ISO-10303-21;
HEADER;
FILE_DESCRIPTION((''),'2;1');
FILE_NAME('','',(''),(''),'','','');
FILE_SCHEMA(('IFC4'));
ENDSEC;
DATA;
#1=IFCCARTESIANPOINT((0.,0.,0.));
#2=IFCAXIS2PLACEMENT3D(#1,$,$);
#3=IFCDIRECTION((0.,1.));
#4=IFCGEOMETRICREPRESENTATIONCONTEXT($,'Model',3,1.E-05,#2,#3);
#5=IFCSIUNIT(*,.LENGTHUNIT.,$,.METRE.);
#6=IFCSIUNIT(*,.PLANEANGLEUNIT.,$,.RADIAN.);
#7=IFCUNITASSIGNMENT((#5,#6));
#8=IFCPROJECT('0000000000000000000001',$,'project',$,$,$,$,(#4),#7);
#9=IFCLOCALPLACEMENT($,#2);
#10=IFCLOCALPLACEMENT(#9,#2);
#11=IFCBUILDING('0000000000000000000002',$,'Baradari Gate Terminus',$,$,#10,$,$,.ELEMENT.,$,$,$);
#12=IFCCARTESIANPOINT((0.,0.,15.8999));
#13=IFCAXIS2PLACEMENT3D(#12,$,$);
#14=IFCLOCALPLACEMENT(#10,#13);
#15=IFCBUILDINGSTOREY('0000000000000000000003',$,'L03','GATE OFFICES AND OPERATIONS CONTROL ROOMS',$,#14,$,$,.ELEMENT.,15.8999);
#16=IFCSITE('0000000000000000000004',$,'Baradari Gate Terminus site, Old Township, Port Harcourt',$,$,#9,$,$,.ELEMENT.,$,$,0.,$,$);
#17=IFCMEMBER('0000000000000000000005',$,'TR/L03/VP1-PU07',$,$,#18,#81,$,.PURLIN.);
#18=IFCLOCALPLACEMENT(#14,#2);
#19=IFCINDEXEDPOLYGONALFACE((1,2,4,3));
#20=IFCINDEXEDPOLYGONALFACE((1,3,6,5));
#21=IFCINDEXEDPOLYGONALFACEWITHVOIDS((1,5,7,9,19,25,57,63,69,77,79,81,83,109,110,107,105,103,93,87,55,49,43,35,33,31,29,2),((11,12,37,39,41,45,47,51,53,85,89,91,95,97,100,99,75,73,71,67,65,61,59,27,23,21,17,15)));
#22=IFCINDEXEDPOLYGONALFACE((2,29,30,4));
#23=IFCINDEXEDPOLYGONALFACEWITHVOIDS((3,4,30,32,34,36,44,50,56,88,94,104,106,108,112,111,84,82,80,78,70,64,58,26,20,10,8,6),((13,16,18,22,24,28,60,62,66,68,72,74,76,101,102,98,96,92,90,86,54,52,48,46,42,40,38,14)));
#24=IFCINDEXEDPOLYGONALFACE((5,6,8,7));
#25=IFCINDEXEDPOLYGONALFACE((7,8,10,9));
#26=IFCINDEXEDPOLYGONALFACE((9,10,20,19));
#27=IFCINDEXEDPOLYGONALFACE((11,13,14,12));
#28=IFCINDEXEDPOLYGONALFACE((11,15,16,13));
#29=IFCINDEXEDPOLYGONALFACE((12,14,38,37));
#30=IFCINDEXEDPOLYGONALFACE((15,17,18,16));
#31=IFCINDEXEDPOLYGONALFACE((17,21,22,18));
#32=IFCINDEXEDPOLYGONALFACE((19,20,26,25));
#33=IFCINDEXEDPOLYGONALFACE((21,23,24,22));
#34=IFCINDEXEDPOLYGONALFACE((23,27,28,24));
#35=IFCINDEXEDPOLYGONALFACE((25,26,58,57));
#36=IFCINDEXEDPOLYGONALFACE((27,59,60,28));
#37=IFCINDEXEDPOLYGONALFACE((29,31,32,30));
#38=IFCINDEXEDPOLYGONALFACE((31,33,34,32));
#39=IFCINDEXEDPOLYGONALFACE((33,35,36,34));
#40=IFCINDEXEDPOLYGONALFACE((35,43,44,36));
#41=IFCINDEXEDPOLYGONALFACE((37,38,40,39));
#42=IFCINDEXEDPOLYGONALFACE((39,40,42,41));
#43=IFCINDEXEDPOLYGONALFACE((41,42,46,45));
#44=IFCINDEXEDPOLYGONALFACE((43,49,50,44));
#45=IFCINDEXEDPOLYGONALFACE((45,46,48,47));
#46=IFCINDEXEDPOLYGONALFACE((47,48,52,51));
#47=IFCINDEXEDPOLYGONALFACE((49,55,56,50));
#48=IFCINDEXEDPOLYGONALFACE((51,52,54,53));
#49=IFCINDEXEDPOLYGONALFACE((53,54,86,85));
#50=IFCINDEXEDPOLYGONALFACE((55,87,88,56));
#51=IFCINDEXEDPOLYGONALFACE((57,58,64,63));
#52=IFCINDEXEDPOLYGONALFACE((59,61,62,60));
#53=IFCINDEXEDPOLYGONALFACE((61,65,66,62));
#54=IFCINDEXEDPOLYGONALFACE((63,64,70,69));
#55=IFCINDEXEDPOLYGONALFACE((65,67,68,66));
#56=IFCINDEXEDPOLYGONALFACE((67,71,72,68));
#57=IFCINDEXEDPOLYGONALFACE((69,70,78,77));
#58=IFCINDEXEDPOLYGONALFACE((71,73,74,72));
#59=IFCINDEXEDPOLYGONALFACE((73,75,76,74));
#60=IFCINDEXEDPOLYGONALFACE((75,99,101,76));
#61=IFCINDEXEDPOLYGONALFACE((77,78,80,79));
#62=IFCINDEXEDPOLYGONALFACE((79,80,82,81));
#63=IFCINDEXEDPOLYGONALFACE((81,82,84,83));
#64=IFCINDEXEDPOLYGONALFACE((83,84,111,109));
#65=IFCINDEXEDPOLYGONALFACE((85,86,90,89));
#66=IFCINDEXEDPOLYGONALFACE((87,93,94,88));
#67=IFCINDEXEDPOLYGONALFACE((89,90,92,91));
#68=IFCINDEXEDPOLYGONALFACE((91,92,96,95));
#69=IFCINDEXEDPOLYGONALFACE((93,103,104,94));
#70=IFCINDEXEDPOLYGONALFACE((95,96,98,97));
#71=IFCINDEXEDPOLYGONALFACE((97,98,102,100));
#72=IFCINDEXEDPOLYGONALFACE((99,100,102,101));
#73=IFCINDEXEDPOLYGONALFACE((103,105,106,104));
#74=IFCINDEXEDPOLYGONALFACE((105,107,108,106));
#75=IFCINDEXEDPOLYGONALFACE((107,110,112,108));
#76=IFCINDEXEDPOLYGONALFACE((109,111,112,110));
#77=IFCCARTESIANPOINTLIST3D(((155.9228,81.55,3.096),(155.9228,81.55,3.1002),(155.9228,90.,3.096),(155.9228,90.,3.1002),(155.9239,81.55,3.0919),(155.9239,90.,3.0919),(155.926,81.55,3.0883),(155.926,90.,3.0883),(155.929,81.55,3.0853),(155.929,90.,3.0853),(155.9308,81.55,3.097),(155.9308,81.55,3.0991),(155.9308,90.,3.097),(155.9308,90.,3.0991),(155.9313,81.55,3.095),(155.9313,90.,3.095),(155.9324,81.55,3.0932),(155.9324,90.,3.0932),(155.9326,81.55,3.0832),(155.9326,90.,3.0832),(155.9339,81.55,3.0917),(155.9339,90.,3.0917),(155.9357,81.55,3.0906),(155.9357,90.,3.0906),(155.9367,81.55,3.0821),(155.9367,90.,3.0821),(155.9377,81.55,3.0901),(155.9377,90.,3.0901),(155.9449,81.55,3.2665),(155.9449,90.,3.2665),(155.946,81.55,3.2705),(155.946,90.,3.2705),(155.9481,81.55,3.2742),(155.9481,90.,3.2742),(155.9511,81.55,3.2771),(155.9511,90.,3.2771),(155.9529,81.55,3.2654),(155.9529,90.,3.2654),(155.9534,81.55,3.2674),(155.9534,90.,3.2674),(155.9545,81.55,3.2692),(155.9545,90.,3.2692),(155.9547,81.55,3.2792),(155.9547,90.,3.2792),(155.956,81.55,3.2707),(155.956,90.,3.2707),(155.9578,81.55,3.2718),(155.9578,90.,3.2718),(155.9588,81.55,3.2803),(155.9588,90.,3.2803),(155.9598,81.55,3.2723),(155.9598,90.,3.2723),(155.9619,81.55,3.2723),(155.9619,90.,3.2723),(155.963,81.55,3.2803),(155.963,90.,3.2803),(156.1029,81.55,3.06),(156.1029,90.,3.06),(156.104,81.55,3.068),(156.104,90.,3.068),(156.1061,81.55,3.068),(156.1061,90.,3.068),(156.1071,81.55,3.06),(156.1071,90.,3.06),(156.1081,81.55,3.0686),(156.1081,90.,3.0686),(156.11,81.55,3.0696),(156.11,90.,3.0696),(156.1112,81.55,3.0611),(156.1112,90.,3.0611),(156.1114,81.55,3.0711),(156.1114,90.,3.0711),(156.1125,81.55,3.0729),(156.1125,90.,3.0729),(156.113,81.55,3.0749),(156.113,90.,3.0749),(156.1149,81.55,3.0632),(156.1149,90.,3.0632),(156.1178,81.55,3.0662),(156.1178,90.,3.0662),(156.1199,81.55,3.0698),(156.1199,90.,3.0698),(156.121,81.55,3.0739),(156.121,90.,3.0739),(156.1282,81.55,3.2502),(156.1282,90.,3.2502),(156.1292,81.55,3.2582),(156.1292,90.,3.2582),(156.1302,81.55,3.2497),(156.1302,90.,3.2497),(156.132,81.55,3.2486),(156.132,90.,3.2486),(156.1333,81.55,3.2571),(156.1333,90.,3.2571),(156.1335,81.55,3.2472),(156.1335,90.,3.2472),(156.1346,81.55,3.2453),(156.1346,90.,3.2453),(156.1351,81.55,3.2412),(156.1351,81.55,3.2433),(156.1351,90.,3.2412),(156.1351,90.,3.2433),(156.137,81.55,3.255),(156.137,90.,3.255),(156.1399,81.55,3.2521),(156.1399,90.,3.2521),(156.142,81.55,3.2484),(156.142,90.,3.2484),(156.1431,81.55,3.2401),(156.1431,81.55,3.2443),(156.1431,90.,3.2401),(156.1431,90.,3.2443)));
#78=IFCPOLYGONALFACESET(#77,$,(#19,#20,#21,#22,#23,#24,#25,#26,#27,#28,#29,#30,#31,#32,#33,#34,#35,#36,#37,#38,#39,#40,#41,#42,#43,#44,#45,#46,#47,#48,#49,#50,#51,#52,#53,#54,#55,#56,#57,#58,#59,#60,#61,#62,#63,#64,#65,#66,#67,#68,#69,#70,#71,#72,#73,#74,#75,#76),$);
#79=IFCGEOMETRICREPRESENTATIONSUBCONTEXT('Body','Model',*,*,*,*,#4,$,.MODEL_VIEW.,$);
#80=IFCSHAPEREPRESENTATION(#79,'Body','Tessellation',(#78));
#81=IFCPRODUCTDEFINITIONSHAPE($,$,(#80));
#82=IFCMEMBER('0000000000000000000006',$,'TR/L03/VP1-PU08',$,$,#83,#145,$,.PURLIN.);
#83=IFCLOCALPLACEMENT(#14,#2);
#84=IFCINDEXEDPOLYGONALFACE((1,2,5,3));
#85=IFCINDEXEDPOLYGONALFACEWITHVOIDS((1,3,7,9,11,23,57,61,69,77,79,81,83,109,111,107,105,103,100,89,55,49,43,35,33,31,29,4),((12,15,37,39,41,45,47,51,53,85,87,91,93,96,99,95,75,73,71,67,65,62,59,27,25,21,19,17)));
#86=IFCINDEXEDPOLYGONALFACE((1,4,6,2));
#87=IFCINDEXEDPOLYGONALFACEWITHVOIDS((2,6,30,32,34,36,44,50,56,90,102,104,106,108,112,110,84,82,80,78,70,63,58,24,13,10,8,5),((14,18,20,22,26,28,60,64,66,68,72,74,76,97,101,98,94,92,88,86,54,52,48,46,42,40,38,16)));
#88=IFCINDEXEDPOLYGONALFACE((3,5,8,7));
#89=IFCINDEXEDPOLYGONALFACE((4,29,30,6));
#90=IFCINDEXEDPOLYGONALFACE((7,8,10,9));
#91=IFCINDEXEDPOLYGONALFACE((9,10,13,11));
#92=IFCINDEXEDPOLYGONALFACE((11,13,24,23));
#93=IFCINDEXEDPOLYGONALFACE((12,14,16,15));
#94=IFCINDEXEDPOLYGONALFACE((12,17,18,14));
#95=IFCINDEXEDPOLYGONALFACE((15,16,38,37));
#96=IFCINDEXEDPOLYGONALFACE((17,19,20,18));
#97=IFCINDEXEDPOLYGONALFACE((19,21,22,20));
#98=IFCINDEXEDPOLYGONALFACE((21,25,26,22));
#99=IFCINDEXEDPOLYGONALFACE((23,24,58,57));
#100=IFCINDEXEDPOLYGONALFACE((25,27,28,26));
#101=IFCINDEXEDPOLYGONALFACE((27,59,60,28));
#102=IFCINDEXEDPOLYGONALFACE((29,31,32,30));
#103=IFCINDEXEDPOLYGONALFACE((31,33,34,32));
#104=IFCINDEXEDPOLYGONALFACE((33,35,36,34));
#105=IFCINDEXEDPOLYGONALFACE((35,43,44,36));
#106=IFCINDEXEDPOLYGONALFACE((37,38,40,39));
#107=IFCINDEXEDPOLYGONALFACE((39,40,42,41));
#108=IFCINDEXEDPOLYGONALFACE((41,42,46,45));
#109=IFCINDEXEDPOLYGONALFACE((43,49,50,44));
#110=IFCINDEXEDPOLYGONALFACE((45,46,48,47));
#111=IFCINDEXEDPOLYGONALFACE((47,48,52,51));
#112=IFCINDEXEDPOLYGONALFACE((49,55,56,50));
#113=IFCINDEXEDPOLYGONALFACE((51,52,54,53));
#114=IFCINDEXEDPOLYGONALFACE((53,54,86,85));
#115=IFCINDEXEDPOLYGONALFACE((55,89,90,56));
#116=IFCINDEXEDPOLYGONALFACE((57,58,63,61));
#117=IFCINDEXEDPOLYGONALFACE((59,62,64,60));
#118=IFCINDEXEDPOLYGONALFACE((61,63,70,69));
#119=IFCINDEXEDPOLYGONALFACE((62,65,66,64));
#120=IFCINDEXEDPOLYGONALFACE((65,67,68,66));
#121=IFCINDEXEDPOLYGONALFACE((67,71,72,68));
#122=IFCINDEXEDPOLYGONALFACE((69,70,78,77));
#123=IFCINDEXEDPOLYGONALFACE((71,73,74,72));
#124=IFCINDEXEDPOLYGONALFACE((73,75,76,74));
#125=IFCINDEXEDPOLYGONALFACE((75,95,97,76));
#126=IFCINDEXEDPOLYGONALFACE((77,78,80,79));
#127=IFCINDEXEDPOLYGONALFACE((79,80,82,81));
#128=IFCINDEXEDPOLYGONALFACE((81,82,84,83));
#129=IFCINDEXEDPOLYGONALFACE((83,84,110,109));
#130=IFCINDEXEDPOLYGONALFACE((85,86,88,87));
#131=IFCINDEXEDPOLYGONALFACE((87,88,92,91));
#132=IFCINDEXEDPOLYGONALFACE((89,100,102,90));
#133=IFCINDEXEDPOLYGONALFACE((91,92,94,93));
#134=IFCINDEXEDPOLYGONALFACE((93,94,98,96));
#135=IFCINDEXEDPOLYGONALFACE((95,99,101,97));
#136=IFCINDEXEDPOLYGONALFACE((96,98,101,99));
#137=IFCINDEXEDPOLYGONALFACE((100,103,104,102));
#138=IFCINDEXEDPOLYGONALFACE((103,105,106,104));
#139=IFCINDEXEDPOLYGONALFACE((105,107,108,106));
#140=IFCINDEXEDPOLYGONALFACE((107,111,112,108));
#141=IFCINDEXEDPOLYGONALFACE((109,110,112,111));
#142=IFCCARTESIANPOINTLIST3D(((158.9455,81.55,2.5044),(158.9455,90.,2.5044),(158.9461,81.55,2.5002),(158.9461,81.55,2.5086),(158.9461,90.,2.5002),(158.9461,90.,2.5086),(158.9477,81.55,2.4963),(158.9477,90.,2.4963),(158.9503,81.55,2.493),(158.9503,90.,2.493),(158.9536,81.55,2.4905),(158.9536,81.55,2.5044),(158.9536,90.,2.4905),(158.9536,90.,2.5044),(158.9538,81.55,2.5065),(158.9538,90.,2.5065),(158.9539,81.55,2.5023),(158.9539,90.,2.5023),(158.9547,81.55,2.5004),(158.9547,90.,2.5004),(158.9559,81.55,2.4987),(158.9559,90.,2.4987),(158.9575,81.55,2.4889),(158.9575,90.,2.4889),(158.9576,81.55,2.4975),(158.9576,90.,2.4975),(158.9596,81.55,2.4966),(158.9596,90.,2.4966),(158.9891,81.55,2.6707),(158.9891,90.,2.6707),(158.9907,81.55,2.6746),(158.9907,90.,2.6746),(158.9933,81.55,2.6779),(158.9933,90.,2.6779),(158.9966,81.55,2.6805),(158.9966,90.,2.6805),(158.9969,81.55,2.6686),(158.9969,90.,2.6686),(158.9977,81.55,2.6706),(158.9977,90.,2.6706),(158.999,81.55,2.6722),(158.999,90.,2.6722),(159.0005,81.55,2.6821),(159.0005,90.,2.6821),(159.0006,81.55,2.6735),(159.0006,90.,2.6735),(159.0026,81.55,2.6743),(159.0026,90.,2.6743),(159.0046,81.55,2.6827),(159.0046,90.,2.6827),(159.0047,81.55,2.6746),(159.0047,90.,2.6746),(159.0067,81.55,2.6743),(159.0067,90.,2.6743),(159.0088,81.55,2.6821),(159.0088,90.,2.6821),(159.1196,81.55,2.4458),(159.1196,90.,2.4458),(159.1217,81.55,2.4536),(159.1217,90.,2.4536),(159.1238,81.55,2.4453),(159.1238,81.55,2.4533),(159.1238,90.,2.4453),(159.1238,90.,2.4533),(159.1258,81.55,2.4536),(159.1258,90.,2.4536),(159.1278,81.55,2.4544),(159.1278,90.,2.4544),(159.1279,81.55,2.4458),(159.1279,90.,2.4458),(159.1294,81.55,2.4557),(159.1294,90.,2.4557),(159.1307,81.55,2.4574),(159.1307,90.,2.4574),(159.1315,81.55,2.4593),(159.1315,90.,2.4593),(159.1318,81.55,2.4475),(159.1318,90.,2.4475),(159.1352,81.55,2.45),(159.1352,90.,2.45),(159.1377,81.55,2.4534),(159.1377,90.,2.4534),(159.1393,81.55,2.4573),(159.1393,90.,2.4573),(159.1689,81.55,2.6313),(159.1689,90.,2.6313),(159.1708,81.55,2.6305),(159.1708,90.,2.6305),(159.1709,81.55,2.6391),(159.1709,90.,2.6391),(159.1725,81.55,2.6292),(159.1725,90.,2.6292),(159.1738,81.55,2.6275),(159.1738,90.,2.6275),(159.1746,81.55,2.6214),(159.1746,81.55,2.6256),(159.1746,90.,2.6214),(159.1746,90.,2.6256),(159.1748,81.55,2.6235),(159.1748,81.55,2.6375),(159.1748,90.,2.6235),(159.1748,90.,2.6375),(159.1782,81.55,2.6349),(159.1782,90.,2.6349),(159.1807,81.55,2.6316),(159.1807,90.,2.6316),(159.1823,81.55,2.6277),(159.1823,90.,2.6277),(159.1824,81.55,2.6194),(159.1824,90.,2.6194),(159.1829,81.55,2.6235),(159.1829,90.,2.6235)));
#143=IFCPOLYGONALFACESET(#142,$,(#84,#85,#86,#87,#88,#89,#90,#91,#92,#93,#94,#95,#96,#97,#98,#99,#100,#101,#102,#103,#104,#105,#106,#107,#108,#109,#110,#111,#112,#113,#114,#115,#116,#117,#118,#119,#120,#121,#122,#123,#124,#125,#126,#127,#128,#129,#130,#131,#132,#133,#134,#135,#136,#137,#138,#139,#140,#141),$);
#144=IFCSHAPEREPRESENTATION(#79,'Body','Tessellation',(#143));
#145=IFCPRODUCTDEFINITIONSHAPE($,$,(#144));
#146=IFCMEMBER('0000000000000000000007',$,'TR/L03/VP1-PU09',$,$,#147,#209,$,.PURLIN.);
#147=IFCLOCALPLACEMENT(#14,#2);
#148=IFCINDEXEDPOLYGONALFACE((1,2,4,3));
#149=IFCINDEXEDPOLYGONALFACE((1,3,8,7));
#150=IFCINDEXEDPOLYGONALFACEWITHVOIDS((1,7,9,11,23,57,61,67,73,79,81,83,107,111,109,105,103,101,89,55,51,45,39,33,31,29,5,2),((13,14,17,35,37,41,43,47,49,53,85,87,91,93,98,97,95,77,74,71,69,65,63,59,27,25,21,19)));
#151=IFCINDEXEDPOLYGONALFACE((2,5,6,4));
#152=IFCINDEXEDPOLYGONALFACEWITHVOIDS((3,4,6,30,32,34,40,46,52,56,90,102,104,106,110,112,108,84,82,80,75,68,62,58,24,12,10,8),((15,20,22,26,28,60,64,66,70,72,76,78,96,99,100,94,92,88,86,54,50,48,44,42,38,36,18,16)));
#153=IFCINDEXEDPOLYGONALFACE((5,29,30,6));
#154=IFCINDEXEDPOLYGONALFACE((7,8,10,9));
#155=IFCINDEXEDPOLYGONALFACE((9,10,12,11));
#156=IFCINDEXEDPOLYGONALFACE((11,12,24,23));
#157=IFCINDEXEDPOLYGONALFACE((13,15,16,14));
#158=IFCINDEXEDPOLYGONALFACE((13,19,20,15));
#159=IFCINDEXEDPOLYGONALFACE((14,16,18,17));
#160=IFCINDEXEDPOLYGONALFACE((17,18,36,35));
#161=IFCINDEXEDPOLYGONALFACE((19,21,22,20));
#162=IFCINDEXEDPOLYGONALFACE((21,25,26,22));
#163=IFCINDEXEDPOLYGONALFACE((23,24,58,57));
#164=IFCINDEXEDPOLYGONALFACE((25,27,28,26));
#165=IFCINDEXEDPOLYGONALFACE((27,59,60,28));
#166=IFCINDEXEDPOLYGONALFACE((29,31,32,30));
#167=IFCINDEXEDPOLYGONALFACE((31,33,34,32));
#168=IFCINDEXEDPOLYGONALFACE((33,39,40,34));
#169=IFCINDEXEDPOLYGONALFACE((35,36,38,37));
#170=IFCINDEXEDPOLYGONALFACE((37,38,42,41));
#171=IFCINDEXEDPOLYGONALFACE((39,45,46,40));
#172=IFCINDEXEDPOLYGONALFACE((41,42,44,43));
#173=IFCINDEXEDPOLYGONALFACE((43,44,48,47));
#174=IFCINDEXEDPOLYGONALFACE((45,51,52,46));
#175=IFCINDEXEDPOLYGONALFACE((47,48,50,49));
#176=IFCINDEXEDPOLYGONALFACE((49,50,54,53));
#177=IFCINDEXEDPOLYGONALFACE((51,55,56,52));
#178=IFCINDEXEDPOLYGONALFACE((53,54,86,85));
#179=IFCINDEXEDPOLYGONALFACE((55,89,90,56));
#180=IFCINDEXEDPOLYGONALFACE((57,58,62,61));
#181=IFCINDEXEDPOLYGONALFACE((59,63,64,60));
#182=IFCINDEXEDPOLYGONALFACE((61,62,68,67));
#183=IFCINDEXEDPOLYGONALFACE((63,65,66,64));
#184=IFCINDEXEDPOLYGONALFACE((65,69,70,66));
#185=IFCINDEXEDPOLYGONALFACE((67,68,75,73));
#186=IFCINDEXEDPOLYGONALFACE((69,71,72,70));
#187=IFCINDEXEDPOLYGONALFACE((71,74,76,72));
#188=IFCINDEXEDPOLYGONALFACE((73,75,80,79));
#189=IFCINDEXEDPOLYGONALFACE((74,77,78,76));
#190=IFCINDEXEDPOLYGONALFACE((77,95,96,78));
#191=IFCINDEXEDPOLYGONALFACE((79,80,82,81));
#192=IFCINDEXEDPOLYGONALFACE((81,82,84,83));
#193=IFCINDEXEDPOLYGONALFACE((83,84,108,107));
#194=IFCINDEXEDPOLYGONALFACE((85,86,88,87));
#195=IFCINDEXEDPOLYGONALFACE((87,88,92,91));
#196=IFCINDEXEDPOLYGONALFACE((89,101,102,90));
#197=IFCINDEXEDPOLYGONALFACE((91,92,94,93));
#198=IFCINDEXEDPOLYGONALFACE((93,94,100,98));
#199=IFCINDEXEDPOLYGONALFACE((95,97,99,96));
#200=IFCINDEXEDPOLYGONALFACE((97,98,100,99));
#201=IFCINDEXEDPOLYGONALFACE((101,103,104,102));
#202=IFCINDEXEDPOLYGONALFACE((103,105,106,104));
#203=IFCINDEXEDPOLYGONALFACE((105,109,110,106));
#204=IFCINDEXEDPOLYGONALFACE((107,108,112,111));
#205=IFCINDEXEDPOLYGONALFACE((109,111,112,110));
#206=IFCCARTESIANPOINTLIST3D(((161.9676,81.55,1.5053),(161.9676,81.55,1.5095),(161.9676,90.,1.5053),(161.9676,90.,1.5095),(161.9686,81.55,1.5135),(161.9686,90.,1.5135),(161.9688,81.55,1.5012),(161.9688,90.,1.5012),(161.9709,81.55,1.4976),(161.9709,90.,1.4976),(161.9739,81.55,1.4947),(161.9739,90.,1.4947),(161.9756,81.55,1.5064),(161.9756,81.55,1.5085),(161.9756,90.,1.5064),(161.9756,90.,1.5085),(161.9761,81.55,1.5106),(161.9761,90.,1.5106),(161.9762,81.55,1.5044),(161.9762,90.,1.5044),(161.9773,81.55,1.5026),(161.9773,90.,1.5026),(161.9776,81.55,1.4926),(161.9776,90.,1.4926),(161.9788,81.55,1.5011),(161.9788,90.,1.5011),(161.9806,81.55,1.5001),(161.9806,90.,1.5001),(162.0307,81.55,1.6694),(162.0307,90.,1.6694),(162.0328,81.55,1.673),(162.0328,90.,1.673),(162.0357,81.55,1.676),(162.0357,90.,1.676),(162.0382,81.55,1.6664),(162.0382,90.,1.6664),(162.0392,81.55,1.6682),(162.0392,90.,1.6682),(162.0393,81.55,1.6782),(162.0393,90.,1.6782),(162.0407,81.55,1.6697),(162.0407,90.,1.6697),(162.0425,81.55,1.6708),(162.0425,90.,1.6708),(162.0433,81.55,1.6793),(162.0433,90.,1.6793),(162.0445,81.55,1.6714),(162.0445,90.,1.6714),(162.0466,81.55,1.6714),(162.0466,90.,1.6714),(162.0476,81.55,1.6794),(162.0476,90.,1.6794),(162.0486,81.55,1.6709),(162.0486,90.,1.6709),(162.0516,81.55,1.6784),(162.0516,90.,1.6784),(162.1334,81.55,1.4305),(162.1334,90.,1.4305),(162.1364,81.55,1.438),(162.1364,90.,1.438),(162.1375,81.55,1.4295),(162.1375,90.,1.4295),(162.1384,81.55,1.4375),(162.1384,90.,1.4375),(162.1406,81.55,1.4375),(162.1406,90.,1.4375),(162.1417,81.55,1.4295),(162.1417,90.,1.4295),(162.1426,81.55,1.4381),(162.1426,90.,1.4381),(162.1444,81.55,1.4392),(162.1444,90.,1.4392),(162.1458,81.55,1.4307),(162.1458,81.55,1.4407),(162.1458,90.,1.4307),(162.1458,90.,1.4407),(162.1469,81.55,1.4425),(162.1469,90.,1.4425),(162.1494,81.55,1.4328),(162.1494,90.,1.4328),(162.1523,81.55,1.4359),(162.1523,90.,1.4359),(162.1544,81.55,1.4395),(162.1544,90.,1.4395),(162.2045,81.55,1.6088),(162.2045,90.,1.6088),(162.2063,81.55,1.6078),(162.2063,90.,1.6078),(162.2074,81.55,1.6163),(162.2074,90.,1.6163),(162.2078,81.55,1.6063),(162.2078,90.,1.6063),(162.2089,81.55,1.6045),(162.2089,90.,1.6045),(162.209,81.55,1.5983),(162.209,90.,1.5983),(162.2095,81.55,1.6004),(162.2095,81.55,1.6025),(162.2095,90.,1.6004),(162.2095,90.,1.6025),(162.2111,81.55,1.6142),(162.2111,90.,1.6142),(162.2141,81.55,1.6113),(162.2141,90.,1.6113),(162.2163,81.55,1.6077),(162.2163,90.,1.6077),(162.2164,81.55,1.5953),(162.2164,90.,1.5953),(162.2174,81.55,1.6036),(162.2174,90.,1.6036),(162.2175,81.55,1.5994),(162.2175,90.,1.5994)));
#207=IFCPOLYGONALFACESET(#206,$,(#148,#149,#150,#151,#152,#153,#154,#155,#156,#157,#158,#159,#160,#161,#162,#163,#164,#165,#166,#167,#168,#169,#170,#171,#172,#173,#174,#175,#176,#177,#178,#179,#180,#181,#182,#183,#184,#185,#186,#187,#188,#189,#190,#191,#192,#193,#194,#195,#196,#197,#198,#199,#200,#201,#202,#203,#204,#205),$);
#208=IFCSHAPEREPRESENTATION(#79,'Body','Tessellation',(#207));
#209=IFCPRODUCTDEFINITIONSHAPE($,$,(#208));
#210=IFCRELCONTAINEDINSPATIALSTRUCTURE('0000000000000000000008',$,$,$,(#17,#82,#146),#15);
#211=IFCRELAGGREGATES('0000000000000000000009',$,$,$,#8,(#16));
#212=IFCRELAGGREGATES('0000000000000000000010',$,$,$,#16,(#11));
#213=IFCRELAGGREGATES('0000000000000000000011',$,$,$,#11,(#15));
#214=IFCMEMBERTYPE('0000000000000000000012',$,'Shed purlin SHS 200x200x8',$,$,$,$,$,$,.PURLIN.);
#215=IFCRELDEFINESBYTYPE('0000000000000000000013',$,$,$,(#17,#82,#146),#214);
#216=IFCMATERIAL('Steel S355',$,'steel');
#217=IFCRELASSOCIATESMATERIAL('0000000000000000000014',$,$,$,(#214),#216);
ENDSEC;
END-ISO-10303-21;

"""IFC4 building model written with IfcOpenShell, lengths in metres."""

from ifc_helpers import new_model, si_unit, direction, frame, origin, origin_2d, place, context, subcontext, project, spatial, hollow_rectangle, extrude, material, material_profile, profile_set, type_object, element, save


model = new_model("IFC4")

# Units and contexts
model_context = context("Model", 3, precision=1e-05, world=origin(), true_north=direction((0.0, 1.0)))
body_context = subcontext(model_context, "Body", "Model", "MODEL_VIEW")
ifc_project = project(units=[si_unit("LENGTHUNIT", "METRE"), si_unit("PLANEANGLEUNIT", "RADIAN")], contexts=[model_context])

# Site, building, storey
site_placement = place(None, origin())
site = spatial("IfcSite", under=ifc_project, at=site_placement, Name="Baradari Gate Terminus site, Old Township, Port Harcourt", CompositionType="ELEMENT", RefElevation=0.0)
building_placement = place(site_placement, origin())
building = spatial("IfcBuilding", under=site, at=building_placement, Name="Baradari Gate Terminus", CompositionType="ELEMENT")
storey_placement = place(building_placement, frame((0.0, 0.0, 15.8999)))
storey = spatial("IfcBuildingStorey", under=building, at=storey_placement, Name="L03", Description="GATE OFFICES AND OPERATIONS CONTROL ROOMS", CompositionType="ELEMENT", Elevation=15.8999)

# Members
ifc_material_1 = material(Name="Steel S355", Category="steel")
ifc_material_profile_1 = material_profile(ifc_material_1, hollow_rectangle(XDim=0.2, YDim=0.2, WallThickness=0.0081, InnerFilletRadius=0.0081, OuterFilletRadius=0.0161, at=origin_2d()), Name="SHS 200x200x8")
ifc_profile_set_1 = profile_set([ifc_material_profile_1], Name="Steel S355")
member_type_1 = type_object("IfcMemberType", Name="Shed purlin SHS 200x200x8", PredefinedType="PURLIN", material=ifc_profile_set_1)
for number, where, z_axis, x_axis, name in (
    (1, (156.033, 81.55, 3.1702), (0.0, 1.0, 0.0), (-0.991303, 0.0, 0.131599), "TR/L03/VP1-PU07"),
    (2, (159.0642, 81.55, 2.564), (0.0, 1.0, 0.0), (-0.9665, 0.0, 0.256668), "TR/L03/VP1-PU08"),
    (3, (162.0925, 81.55, 1.5544), (0.0, 1.0, 0.0), (-0.928965, 0.0, 0.370167), "TR/L03/VP1-PU09"),
):
    element("IfcMember", number, at=place(storey_placement, frame(where, z_axis=z_axis, x_axis=x_axis)), inside=storey, type_object=member_type_1, Name=name, PredefinedType="PURLIN", context=body_context, shape_type="SweptSolid", body=[
        extrude(hollow_rectangle(XDim=0.2, YDim=0.2, WallThickness=0.0081, InnerFilletRadius=0.0081, OuterFilletRadius=0.0161, at=origin_2d()), origin(), (0.0, 0.0, 1.0), 8.45),
    ])

save(model, "model.ifc")
